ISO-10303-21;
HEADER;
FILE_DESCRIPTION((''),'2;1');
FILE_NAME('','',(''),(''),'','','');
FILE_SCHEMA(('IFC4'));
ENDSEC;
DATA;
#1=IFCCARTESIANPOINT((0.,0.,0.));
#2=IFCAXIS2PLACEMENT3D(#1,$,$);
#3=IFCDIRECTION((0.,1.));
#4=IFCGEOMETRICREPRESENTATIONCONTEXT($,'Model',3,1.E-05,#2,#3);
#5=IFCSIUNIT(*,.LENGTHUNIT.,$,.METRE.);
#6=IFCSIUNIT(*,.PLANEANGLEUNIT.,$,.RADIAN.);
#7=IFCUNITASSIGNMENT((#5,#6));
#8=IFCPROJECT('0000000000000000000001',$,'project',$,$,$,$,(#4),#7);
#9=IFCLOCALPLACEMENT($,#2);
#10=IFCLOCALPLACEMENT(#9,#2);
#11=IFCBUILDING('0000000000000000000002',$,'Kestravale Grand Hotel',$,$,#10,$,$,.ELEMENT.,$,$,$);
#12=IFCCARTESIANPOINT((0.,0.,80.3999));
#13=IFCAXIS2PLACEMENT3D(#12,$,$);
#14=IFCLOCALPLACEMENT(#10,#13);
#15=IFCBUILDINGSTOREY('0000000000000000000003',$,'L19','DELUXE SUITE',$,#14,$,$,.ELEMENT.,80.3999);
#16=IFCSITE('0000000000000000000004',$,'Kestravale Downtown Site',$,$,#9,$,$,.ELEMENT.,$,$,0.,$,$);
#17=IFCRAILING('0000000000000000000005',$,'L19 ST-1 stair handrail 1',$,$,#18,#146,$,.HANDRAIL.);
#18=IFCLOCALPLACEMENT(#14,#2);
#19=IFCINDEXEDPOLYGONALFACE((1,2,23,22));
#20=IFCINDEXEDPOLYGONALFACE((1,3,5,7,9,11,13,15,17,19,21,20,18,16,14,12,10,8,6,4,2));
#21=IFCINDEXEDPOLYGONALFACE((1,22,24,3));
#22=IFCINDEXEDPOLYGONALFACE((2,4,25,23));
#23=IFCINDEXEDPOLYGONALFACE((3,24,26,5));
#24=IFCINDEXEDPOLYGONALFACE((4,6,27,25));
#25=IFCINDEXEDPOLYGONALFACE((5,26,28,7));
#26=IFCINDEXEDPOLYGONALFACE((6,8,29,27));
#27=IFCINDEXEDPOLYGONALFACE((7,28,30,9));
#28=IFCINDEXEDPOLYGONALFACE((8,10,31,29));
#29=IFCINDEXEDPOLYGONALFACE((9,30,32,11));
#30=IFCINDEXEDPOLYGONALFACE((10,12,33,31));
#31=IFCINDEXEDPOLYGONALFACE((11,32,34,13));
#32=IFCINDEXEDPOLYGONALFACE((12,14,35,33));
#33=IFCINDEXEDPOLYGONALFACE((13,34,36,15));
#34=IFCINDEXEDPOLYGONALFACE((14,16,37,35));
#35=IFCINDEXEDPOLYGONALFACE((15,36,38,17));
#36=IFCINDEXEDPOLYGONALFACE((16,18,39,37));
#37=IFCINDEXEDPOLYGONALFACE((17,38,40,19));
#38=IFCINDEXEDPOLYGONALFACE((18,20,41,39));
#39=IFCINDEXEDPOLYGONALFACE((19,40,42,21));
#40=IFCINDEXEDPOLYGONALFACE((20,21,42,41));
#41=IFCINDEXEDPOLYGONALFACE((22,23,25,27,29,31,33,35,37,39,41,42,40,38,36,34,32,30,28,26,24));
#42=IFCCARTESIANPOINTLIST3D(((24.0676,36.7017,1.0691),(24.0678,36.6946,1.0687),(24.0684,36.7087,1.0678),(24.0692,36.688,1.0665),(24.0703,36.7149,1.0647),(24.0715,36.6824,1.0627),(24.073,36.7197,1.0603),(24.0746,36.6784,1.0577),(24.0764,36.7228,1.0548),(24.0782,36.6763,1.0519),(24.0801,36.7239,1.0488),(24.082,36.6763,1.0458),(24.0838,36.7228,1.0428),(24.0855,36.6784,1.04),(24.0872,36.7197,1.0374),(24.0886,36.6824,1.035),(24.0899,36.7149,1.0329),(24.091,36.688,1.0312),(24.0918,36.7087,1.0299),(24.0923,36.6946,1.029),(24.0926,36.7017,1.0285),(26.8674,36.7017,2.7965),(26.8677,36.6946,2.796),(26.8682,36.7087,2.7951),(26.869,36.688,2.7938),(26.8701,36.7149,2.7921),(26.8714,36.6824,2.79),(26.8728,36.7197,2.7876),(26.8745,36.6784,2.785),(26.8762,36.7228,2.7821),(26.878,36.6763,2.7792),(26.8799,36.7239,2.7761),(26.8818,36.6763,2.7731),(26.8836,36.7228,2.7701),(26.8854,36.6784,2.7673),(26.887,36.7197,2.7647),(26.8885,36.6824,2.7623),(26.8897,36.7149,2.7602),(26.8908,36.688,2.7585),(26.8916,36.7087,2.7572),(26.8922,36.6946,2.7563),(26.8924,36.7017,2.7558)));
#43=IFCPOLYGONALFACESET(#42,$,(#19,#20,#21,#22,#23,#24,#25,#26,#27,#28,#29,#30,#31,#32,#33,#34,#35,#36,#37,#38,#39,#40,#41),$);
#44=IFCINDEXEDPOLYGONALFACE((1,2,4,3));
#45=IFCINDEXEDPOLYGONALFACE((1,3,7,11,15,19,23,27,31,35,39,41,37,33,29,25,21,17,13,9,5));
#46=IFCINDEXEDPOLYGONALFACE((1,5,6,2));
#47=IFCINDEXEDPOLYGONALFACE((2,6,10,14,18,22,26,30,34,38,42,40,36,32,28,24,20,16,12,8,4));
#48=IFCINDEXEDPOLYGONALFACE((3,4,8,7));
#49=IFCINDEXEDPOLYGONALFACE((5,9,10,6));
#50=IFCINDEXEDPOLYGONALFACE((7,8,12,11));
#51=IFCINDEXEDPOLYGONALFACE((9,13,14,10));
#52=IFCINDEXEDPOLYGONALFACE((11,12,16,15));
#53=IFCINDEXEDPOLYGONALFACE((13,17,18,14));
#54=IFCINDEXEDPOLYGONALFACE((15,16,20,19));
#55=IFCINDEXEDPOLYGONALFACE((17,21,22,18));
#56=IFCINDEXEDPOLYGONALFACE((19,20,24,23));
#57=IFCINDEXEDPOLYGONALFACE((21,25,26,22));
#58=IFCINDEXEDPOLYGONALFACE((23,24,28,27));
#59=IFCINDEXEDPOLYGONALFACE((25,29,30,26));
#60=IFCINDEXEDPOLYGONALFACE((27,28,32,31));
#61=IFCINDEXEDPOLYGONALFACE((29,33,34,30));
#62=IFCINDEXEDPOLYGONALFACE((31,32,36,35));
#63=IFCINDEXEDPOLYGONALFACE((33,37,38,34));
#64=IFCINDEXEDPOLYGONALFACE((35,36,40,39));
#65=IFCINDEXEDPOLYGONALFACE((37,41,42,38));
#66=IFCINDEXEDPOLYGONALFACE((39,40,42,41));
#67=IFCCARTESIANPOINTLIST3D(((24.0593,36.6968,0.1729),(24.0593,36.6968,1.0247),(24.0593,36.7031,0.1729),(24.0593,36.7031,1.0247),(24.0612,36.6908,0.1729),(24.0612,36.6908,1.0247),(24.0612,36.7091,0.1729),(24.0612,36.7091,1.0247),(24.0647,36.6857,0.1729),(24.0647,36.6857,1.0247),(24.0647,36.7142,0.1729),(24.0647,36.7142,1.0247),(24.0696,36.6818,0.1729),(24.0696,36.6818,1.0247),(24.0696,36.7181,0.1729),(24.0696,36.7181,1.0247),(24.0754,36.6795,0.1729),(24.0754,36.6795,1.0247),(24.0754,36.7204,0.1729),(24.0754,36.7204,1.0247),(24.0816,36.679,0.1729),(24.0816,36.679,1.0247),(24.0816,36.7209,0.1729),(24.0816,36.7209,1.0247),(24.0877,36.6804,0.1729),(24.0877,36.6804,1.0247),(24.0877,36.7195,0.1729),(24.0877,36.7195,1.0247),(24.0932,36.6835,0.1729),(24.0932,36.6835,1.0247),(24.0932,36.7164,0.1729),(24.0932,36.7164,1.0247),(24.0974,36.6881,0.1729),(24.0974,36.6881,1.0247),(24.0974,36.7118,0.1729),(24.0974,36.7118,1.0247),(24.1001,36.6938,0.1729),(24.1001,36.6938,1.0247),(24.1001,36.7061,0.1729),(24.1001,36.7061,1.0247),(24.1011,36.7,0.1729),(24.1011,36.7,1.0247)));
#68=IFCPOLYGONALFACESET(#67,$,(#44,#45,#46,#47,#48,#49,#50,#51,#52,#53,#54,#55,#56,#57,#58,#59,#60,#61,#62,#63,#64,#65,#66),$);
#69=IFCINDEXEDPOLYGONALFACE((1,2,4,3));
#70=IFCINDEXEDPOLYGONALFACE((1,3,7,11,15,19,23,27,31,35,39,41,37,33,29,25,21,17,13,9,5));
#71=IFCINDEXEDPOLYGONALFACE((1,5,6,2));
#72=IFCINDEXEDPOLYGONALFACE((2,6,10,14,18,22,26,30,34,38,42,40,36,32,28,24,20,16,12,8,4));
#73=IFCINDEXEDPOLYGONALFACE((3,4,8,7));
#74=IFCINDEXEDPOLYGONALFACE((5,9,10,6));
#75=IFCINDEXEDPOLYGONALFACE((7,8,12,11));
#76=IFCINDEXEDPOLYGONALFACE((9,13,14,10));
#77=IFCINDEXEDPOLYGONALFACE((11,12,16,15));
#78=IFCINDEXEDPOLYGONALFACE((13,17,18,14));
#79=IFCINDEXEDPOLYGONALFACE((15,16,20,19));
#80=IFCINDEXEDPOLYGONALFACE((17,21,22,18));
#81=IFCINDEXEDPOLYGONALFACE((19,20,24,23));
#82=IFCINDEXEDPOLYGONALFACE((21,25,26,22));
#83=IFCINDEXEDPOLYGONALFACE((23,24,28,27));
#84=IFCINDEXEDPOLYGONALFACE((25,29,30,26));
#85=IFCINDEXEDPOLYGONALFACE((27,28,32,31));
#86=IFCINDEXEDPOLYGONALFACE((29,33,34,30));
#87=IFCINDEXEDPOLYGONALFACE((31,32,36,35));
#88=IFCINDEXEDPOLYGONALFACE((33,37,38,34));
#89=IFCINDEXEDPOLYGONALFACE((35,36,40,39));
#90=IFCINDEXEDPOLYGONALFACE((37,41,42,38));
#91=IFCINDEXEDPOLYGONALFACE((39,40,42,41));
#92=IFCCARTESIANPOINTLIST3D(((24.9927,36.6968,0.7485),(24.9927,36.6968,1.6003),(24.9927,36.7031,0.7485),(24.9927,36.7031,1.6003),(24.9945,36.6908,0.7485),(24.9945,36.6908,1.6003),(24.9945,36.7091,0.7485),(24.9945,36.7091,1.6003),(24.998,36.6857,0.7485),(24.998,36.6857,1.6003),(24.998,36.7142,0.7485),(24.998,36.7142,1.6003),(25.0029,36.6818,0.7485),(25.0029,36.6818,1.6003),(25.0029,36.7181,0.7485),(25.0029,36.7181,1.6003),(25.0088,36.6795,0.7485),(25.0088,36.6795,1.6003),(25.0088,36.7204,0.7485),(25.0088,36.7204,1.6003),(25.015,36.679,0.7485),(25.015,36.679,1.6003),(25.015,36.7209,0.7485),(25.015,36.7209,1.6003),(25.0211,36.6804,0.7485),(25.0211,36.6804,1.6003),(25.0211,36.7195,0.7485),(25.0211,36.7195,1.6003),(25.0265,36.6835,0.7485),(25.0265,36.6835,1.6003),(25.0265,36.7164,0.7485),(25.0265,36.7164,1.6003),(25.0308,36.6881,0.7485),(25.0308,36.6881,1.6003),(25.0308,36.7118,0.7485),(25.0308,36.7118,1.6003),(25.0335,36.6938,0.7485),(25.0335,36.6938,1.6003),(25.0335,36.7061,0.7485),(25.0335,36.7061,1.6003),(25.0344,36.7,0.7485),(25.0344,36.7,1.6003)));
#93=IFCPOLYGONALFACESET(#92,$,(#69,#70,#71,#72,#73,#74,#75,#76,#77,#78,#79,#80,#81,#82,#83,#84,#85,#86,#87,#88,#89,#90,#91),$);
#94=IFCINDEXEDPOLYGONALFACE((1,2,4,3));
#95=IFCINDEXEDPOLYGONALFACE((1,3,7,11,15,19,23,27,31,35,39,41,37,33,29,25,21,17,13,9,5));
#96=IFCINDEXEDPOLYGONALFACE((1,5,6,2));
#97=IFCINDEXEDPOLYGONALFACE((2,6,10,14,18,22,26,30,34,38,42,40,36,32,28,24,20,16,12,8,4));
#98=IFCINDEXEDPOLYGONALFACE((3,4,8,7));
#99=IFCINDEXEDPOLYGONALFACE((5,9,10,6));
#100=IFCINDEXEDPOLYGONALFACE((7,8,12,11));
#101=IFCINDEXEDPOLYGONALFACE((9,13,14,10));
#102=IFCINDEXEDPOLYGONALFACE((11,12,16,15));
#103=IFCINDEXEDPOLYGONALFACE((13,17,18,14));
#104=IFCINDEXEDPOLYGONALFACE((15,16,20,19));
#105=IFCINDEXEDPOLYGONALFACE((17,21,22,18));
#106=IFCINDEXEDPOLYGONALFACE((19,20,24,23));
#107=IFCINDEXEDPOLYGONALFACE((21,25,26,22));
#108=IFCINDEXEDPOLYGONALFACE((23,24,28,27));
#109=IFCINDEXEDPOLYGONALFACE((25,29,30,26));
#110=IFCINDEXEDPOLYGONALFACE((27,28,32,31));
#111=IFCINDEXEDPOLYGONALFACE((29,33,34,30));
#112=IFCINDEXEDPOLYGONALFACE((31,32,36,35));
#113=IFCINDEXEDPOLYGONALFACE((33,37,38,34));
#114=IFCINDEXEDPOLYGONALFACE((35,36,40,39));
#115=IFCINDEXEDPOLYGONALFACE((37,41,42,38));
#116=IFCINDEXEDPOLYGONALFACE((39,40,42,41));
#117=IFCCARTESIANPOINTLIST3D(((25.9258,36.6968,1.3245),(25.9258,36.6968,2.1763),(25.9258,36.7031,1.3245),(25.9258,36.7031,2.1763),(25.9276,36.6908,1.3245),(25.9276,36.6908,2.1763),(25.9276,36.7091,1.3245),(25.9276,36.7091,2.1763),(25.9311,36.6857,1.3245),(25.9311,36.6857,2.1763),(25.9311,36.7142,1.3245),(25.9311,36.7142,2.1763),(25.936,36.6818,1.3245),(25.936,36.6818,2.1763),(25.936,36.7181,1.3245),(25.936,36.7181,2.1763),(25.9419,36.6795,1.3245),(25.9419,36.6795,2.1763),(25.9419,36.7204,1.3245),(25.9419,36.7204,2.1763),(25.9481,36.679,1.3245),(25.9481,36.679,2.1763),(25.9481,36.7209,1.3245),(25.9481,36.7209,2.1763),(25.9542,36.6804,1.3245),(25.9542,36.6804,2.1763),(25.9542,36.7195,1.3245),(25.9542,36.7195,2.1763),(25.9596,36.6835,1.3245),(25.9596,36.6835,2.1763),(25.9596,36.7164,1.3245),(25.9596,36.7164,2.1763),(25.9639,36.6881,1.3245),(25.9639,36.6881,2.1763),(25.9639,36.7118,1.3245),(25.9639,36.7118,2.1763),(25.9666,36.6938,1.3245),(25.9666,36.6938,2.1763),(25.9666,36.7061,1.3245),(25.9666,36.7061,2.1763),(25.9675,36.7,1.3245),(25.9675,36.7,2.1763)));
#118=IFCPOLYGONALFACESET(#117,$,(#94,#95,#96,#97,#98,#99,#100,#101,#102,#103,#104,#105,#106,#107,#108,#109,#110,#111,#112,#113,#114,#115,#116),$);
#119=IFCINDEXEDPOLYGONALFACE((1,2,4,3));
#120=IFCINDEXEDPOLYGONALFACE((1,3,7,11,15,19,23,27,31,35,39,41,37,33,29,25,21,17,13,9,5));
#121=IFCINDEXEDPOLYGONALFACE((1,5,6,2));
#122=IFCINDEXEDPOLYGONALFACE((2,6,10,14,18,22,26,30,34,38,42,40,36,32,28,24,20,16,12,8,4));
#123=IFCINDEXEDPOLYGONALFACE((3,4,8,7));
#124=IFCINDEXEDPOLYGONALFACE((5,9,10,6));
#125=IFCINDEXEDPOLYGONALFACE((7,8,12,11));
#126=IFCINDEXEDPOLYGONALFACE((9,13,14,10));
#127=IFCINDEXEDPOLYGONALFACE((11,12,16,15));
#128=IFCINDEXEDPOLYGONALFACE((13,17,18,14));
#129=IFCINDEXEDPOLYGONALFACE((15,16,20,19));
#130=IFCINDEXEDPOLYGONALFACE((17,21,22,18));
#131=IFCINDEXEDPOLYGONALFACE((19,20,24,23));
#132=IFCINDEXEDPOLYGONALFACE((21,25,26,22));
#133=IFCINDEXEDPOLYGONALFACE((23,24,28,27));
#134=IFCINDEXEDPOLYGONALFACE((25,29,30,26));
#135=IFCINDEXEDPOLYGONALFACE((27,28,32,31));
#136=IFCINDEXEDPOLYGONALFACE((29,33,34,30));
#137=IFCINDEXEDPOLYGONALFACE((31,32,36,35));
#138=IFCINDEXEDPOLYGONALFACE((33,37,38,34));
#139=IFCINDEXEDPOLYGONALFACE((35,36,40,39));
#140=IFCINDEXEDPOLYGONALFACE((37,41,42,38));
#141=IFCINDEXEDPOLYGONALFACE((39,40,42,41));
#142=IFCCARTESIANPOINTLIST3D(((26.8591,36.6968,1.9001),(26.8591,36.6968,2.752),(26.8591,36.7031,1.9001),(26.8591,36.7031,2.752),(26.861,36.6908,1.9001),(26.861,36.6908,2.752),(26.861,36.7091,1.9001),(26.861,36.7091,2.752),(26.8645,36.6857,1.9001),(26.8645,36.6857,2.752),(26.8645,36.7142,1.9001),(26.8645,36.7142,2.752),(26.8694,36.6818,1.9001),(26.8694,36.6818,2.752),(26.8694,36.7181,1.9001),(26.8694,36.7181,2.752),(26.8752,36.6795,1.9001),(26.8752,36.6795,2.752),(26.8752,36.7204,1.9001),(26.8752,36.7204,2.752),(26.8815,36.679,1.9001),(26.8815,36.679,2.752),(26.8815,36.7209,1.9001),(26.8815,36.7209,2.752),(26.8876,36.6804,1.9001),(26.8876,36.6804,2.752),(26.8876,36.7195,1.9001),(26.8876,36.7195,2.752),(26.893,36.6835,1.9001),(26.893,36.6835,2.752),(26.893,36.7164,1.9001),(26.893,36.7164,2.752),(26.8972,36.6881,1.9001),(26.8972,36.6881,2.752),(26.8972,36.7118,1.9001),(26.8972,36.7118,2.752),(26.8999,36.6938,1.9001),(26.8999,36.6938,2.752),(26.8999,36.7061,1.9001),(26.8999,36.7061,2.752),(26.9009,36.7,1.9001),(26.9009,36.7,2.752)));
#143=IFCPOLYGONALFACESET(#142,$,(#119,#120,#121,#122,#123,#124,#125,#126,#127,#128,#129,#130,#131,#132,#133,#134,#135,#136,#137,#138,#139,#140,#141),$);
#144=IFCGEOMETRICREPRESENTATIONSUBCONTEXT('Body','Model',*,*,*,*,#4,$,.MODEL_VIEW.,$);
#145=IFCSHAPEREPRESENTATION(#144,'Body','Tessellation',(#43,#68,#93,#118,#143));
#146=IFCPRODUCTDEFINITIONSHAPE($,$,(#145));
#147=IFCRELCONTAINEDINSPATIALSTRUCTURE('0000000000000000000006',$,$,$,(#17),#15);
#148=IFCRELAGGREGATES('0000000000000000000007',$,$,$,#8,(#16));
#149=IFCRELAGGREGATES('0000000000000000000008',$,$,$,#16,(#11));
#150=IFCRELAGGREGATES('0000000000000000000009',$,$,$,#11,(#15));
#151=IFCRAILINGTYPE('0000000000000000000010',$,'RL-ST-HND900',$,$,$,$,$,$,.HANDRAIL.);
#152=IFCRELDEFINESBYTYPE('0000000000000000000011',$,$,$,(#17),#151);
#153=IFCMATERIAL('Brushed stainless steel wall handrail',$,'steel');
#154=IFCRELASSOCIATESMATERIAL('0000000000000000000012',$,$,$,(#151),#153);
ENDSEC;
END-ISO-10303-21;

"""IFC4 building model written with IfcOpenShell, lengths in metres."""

from ifc_helpers import new_model, si_unit, direction, frame, origin, origin_2d, place, context, subcontext, project, spatial, circle, extrude, material, type_object, element, save


model = new_model("IFC4")

# Units and contexts
model_context = context("Model", 3, precision=1e-05, world=origin(), true_north=direction((0.0, 1.0)))
body_context = subcontext(model_context, "Body", "Model", "MODEL_VIEW")
ifc_project = project(units=[si_unit("LENGTHUNIT", "METRE"), si_unit("PLANEANGLEUNIT", "RADIAN")], contexts=[model_context])

# Site, building, storey
site_placement = place(None, origin())
site = spatial("IfcSite", under=ifc_project, at=site_placement, Name="Kestravale Downtown Site", CompositionType="ELEMENT", RefElevation=0.0)
building_placement = place(site_placement, origin())
building = spatial("IfcBuilding", under=site, at=building_placement, Name="Kestravale Grand Hotel", CompositionType="ELEMENT")
storey_placement = place(building_placement, frame((0.0, 0.0, 80.3999)))
storey = spatial("IfcBuildingStorey", under=building, at=storey_placement, Name="L19", Description="DELUXE SUITE", CompositionType="ELEMENT", Elevation=80.3999)

# Railing
ifc_material_1 = material(Name="Brushed stainless steel wall handrail", Category="steel")
railing_type_1 = type_object("IfcRailingType", Name="RL-ST-HND900", PredefinedType="HANDRAIL", material=ifc_material_1)
railing_1_placement = place(storey_placement, frame((24.0801, 36.7, 0.1729)))
element("IfcRailing", 1, at=railing_1_placement, inside=storey, type_object=railing_type_1, Name="L19 ST-1 stair handrail 1", PredefinedType="HANDRAIL", context=body_context, shape_type="SweptSolid", body=[
    extrude(circle(Radius=0.0239, at=origin_2d()), frame((0.0, 0.0, 0.876), z_axis=(0.851069, 0.0, 0.525054), x_axis=(0.0, 1.0, 0.0)), (0.0, 0.0, 1.0), 3.2898),
    extrude(circle(Radius=0.021, at=origin_2d()), origin(), (0.0, 0.0, 1.0), 0.8518),
    extrude(circle(Radius=0.021, at=origin_2d()), frame((0.9333, 0.0, 0.5757)), (0.0, 0.0, 1.0), 0.8518),
    extrude(circle(Radius=0.021, at=origin_2d()), frame((1.8665, 0.0, 1.1516)), (0.0, 0.0, 1.0), 0.8518),
    extrude(circle(Radius=0.021, at=origin_2d()), frame((2.7998, 0.0, 1.7273)), (0.0, 0.0, 1.0), 0.8518),
])

save(model, "model.ifc")
